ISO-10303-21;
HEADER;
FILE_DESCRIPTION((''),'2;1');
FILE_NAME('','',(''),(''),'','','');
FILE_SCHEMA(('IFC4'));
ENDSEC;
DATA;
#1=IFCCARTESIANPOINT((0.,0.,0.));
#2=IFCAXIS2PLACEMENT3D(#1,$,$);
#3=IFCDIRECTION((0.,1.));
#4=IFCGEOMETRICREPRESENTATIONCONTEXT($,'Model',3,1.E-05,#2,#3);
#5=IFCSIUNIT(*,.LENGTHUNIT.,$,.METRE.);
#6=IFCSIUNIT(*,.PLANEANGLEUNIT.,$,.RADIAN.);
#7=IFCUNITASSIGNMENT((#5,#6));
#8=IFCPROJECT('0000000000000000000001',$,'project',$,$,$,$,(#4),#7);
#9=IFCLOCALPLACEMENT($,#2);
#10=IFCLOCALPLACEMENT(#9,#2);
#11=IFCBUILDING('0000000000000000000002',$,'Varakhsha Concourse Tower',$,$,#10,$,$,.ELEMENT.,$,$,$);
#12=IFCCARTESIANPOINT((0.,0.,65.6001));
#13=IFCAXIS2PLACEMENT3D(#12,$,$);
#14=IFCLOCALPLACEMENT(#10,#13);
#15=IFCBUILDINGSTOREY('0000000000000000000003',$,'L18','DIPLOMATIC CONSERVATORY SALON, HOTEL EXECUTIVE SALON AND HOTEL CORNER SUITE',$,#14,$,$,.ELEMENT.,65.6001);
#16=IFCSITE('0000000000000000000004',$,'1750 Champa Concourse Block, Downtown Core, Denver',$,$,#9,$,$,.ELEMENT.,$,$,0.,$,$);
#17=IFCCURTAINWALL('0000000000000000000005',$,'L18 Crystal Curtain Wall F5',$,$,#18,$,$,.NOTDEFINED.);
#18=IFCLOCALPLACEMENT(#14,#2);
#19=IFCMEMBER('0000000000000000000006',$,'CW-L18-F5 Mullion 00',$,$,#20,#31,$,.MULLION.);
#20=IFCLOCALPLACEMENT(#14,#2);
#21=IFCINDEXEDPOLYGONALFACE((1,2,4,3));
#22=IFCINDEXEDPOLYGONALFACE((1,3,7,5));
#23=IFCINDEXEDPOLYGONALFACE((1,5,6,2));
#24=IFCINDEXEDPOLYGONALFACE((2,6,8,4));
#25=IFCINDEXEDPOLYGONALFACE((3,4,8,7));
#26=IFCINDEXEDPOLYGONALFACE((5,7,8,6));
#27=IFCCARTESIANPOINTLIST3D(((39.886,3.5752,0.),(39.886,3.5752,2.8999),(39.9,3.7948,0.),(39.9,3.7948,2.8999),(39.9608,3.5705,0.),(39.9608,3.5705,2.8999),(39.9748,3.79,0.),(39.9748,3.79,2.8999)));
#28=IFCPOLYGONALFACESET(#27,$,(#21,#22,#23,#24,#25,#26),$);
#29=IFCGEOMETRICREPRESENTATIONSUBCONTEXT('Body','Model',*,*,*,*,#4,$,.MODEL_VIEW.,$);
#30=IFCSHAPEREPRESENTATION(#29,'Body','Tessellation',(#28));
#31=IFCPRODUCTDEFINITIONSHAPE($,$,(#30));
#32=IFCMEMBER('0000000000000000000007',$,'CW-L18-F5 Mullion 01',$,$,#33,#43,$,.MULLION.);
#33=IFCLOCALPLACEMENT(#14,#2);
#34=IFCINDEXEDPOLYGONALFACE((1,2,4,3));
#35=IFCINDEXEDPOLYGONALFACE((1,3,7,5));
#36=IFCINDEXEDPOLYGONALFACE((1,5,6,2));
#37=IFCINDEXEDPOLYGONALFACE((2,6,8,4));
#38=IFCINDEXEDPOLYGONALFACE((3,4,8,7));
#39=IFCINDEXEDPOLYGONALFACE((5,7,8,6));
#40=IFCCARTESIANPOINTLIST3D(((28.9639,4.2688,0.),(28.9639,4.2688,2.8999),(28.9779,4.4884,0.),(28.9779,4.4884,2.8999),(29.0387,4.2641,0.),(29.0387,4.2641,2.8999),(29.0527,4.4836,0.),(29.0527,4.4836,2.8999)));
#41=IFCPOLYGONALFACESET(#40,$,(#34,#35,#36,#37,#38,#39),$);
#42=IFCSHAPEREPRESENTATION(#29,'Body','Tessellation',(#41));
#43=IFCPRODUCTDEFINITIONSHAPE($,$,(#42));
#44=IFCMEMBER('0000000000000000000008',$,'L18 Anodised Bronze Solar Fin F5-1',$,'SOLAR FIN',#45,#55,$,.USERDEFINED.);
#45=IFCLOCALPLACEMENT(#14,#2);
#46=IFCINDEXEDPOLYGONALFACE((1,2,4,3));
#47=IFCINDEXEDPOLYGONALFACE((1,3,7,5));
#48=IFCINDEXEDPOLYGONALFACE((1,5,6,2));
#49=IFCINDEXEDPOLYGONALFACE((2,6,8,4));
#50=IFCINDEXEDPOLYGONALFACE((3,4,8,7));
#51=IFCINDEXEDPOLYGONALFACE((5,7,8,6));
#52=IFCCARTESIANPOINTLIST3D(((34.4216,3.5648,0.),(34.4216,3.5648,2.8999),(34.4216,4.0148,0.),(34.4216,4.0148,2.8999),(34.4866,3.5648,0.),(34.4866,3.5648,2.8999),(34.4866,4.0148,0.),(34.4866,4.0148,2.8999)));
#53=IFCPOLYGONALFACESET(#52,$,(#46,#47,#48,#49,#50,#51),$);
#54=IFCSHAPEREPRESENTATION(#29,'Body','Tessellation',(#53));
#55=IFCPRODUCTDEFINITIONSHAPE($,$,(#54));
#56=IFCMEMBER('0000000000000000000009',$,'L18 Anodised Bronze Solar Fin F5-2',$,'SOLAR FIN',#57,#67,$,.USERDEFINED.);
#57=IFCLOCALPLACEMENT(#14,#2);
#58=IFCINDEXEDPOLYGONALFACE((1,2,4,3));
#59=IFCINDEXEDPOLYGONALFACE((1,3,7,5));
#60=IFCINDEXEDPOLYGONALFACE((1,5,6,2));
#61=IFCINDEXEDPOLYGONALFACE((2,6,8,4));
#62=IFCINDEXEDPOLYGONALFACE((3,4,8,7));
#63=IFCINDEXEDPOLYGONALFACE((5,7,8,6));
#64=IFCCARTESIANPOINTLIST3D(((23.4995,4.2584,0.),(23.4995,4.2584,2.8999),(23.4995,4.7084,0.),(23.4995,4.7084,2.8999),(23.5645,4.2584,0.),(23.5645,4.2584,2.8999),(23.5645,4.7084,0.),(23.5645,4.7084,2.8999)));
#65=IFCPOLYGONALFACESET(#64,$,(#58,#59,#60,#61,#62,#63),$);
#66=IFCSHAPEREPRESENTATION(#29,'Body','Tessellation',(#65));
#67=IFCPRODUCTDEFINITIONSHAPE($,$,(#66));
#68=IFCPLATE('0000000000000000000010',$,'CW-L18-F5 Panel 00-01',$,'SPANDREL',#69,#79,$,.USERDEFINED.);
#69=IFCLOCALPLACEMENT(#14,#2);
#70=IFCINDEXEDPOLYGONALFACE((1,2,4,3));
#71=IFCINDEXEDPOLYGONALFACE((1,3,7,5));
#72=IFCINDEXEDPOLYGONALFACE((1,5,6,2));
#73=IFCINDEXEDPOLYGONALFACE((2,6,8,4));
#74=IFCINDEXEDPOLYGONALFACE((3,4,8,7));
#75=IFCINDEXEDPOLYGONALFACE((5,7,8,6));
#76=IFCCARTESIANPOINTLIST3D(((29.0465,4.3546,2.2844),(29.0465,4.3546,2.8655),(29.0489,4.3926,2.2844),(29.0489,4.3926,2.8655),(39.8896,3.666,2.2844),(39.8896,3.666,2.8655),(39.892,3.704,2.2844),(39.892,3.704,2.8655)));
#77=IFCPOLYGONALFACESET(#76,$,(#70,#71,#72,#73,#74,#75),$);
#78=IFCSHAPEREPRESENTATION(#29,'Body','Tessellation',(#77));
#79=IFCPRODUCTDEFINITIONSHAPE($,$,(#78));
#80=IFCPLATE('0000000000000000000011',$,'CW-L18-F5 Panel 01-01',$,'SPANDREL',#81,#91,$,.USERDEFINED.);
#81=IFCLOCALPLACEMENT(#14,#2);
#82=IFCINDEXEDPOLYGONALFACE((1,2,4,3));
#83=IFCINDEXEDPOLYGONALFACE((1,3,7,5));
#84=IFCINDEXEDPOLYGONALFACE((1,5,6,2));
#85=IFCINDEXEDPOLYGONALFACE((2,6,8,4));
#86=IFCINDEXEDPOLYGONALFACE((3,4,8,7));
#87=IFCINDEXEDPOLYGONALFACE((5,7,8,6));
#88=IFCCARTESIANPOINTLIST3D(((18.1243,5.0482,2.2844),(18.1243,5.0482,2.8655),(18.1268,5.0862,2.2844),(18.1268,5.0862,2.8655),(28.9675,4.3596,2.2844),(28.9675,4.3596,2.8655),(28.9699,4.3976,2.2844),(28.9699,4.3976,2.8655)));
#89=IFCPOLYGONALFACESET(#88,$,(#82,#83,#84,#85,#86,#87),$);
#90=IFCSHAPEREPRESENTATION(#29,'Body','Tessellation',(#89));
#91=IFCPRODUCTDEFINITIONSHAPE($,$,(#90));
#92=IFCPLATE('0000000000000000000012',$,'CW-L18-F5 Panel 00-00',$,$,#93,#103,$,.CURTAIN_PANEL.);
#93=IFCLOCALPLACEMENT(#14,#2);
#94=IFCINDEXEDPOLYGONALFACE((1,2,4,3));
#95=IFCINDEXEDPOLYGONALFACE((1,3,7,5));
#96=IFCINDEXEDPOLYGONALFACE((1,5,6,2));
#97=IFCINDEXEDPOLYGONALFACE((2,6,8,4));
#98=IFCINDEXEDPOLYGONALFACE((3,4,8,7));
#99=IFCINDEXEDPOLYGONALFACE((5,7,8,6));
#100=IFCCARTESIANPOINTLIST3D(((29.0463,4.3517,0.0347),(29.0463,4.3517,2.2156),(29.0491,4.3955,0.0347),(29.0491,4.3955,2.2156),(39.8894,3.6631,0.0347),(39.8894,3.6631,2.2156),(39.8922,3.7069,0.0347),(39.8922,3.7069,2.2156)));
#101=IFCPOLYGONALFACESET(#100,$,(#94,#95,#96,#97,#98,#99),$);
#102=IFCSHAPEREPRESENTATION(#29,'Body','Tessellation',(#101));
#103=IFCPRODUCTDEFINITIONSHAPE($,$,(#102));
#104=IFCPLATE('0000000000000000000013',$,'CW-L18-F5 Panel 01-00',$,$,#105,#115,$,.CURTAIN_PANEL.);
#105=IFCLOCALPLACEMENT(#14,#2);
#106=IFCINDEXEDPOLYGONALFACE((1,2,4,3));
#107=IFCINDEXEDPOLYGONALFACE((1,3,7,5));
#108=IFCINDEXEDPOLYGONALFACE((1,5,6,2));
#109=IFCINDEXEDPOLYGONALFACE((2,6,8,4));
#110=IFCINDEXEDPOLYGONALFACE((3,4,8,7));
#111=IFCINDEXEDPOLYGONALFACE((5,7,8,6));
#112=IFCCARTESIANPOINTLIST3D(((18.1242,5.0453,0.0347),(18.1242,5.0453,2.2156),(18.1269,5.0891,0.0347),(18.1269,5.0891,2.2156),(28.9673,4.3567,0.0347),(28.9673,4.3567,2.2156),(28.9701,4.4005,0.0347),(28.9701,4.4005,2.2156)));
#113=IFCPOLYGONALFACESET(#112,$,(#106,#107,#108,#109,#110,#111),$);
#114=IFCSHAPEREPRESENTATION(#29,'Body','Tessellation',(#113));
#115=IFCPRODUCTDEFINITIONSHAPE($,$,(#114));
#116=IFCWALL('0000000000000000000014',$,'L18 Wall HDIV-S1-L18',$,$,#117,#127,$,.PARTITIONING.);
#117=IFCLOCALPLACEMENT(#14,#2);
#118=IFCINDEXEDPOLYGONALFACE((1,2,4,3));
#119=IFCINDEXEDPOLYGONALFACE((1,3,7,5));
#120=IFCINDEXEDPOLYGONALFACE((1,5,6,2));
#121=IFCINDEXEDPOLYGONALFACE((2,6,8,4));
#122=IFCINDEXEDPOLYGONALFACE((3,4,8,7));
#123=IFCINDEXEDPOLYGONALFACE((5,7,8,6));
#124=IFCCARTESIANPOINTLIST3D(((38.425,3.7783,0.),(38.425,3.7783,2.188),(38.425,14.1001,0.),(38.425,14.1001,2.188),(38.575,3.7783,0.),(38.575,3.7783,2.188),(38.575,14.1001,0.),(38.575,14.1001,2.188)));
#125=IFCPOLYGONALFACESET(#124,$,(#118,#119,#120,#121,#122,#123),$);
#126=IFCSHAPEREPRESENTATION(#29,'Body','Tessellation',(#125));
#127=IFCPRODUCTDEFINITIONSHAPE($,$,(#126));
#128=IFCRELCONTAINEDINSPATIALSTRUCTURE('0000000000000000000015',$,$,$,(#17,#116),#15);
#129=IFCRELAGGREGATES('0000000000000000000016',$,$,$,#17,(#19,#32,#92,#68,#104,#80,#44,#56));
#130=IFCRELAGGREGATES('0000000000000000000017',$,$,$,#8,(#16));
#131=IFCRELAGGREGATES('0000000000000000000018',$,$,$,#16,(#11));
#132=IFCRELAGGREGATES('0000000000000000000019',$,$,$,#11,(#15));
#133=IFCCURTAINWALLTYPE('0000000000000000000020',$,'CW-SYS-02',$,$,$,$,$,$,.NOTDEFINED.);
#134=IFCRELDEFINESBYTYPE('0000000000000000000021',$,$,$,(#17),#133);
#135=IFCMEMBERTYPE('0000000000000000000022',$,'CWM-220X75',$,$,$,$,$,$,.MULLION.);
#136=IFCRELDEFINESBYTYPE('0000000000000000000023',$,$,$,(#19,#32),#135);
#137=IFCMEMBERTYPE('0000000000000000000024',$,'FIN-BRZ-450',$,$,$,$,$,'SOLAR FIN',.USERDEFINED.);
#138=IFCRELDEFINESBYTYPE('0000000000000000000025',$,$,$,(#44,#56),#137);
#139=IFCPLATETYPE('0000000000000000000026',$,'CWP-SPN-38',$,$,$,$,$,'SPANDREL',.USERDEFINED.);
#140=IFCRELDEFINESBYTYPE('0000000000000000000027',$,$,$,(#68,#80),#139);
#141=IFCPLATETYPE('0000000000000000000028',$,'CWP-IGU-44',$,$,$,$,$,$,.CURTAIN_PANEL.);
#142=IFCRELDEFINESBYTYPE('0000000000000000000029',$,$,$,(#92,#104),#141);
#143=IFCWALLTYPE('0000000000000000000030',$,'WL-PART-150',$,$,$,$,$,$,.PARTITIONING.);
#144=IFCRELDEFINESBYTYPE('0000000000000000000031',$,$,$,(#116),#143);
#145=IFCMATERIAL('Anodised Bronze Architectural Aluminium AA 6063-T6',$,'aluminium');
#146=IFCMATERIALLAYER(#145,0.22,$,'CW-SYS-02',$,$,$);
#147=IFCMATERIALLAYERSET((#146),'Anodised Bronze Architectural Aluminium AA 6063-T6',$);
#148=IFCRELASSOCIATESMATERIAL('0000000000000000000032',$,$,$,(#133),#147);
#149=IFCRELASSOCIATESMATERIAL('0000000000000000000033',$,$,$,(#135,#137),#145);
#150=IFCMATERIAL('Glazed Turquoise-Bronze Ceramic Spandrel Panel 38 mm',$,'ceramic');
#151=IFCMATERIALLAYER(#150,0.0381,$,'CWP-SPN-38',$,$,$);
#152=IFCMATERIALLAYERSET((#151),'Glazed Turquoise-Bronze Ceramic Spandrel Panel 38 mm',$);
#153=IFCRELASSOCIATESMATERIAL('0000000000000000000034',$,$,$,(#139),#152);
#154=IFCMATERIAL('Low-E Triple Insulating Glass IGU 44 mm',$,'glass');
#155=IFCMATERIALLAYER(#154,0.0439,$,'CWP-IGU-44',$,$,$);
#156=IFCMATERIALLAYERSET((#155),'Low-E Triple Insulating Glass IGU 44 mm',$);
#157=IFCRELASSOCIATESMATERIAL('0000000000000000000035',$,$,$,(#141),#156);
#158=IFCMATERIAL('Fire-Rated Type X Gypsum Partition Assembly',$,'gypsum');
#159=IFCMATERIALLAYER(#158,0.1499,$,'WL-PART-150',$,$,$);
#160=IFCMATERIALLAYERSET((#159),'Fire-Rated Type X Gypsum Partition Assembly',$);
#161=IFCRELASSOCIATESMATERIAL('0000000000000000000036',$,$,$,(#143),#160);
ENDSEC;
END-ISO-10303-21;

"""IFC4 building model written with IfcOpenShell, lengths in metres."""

from ifc_helpers import new_model, si_unit, direction, frame, frame_2d, origin, origin_2d, place, context, subcontext, project, spatial, rectangle, extrude, source, transform, mapped, material, layer, layer_set, material_profile, profile_set, type_object, type_shapes, element, aggregate, save


model = new_model("IFC4")

# Units and contexts
model_context = context("Model", 3, precision=1e-05, world=origin(), true_north=direction((0.0, 1.0)))
body_context = subcontext(model_context, "Body", "Model", "MODEL_VIEW")
ifc_project = project(units=[si_unit("LENGTHUNIT", "METRE"), si_unit("PLANEANGLEUNIT", "RADIAN")], contexts=[model_context])

# Site, building, storey
site_placement = place(None, origin())
site = spatial("IfcSite", under=ifc_project, at=site_placement, Name="1750 Champa Concourse Block, Downtown Core, Denver", CompositionType="ELEMENT", RefElevation=0.0)
building_placement = place(site_placement, origin())
building = spatial("IfcBuilding", under=site, at=building_placement, Name="Varakhsha Concourse Tower", CompositionType="ELEMENT")
storey_placement = place(building_placement, frame((0.0, 0.0, 65.6001)))
storey = spatial("IfcBuildingStorey", under=building, at=storey_placement, Name="L18", Description="DIPLOMATIC CONSERVATORY SALON, HOTEL EXECUTIVE SALON AND HOTEL CORNER SUITE", CompositionType="ELEMENT", Elevation=65.6001)

# Curtain wall, members, plates
ifc_material_1 = material(Name="Anodised Bronze Architectural Aluminium AA 6063-T6", Category="aluminium")
ifc_layer_1 = layer(ifc_material_1, 0.22, Name="CW-SYS-02")
ifc_layer_set_1 = layer_set([ifc_layer_1], Name="Anodised Bronze Architectural Aluminium AA 6063-T6")
curtain_wall_type = type_object("IfcCurtainWallType", Name="CW-SYS-02", PredefinedType="NOTDEFINED", material=ifc_layer_set_1)
curtain_wall_placement = place(storey_placement, origin())
curtain_wall = element("IfcCurtainWall", 1, at=curtain_wall_placement, inside=storey, type_object=curtain_wall_type, Name="L18 Crystal Curtain Wall F5", PredefinedType="NOTDEFINED")
ifc_material_profile_1 = material_profile(ifc_material_1, rectangle(XDim=0.075, YDim=0.22, at=origin_2d()), Name="CWM-220X75")
ifc_profile_set_1 = profile_set([ifc_material_profile_1], Name="Anodised Bronze Architectural Aluminium AA 6063-T6")
member_type_1 = type_object("IfcMemberType", Name="CWM-220X75", PredefinedType="MULLION", material=ifc_profile_set_1)
shared_shape_1 = source(origin(), body_context, "Body", "SweptSolid", [
    extrude(rectangle(XDim=0.075, YDim=0.22, at=origin_2d()), origin(), (0.0, 0.0, 1.0), 2.8999),
])
type_shapes(member_type_1, [shared_shape_1])
member_1_placement = place(storey_placement, frame((39.9304, 3.6826, 0.0), z_axis=(0.0, 0.0, 1.0), x_axis=(-0.99799, 0.063378, 0.0)))
member_1 = element("IfcMember", 2, at=member_1_placement, type_object=member_type_1, Name="CW-L18-F5 Mullion 00", PredefinedType="MULLION", context=body_context, shape_type="MappedRepresentation", body=[
    mapped(shared_shape_1, transform((0.0, 0.0, 0.0), scale=1.0)),
])
member_2_placement = place(storey_placement, frame((29.0083, 4.3762, 0.0), z_axis=(0.0, 0.0, 1.0), x_axis=(-0.99799, 0.063378, 0.0)))
member_2 = element("IfcMember", 3, at=member_2_placement, type_object=member_type_1, Name="CW-L18-F5 Mullion 01", PredefinedType="MULLION", context=body_context, shape_type="MappedRepresentation", body=[
    mapped(shared_shape_1, transform((0.0, 0.0, 0.0), scale=1.0)),
])
ifc_material_profile_2 = material_profile(ifc_material_1, rectangle(XDim=0.0649, YDim=0.45, at=origin_2d()), Name="FIN-BRZ-450")
ifc_profile_set_2 = profile_set([ifc_material_profile_2], Name="Anodised Bronze Architectural Aluminium AA 6063-T6")
member_type_2 = type_object("IfcMemberType", Name="FIN-BRZ-450", ElementType="SOLAR FIN", PredefinedType="USERDEFINED", material=ifc_profile_set_2)
shared_shape_2 = source(origin(), body_context, "Body", "SweptSolid", [
    extrude(rectangle(XDim=0.0649, YDim=0.45, at=origin_2d()), origin(), (0.0, 0.0, 1.0), 2.8999),
])
type_shapes(member_type_2, [shared_shape_2])
member_3_placement = place(storey_placement, frame((34.4541, 3.7898, 0.0), z_axis=(0.0, 0.0, 1.0), x_axis=(1.0, 0.0, 0.0)))
member_3 = element("IfcMember", 4, at=member_3_placement, type_object=member_type_2, Name="L18 Anodised Bronze Solar Fin F5-1", ObjectType="SOLAR FIN", PredefinedType="USERDEFINED", context=body_context, shape_type="MappedRepresentation", body=[
    mapped(shared_shape_2, transform((0.0, 0.0, 0.0), scale=1.0)),
])
member_4_placement = place(storey_placement, frame((23.532, 4.4834, 0.0), z_axis=(0.0, 0.0, 1.0), x_axis=(1.0, 0.0, 0.0)))
member_4 = element("IfcMember", 5, at=member_4_placement, type_object=member_type_2, Name="L18 Anodised Bronze Solar Fin F5-2", ObjectType="SOLAR FIN", PredefinedType="USERDEFINED", context=body_context, shape_type="MappedRepresentation", body=[
    mapped(shared_shape_2, transform((0.0, 0.0, 0.0), scale=1.0)),
])
ifc_material_2 = material(Name="Glazed Turquoise-Bronze Ceramic Spandrel Panel 38 mm", Category="ceramic")
ifc_layer_2 = layer(ifc_material_2, 0.0381, Name="CWP-SPN-38")
ifc_layer_set_2 = layer_set([ifc_layer_2], Name="Glazed Turquoise-Bronze Ceramic Spandrel Panel 38 mm")
plate_type_1 = type_object("IfcPlateType", Name="CWP-SPN-38", ElementType="SPANDREL", PredefinedType="USERDEFINED", material=ifc_layer_set_2)
shared_shape_3 = source(origin(), body_context, "Body", "SweptSolid", [
    extrude(rectangle(XDim=10.865, YDim=0.0381, at=origin_2d()), origin(), (0.0, 0.0, 1.0), 0.5811),
])
type_shapes(plate_type_1, [shared_shape_3])
plate_1_placement = place(storey_placement, frame((34.4692, 4.0293, 2.2844), z_axis=(0.0, 0.0, 1.0), x_axis=(-0.99799, 0.063378, 0.0)))
plate_1 = element("IfcPlate", 6, at=plate_1_placement, type_object=plate_type_1, Name="CW-L18-F5 Panel 00-01", ObjectType="SPANDREL", PredefinedType="USERDEFINED", context=body_context, shape_type="MappedRepresentation", body=[
    mapped(shared_shape_3, transform((0.0, 0.0, 0.0), scale=1.0)),
])
plate_2_placement = place(storey_placement, frame((23.5471, 4.7229, 2.2844), z_axis=(0.0, 0.0, 1.0), x_axis=(-0.99799, 0.063378, 0.0)))
plate_2 = element("IfcPlate", 7, at=plate_2_placement, type_object=plate_type_1, Name="CW-L18-F5 Panel 01-01", ObjectType="SPANDREL", PredefinedType="USERDEFINED", context=body_context, shape_type="MappedRepresentation", body=[
    mapped(shared_shape_3, transform((0.0, 0.0, 0.0), scale=1.0)),
])
ifc_material_3 = material(Name="Low-E Triple Insulating Glass IGU 44 mm", Category="glass")
ifc_layer_3 = layer(ifc_material_3, 0.0439, Name="CWP-IGU-44")
ifc_layer_set_3 = layer_set([ifc_layer_3], Name="Low-E Triple Insulating Glass IGU 44 mm")
plate_type_2 = type_object("IfcPlateType", Name="CWP-IGU-44", PredefinedType="CURTAIN_PANEL", material=ifc_layer_set_3)
shared_shape_4 = source(origin(), body_context, "Body", "SweptSolid", [
    extrude(rectangle(XDim=10.865, YDim=0.0439, at=origin_2d()), origin(), (0.0, 0.0, 1.0), 2.1809),
])
type_shapes(plate_type_2, [shared_shape_4])
plate_3_placement = place(storey_placement, frame((34.4692, 4.0293, 0.0347), z_axis=(0.0, 0.0, 1.0), x_axis=(-0.99799, 0.063378, 0.0)))
plate_3 = element("IfcPlate", 8, at=plate_3_placement, type_object=plate_type_2, Name="CW-L18-F5 Panel 00-00", PredefinedType="CURTAIN_PANEL", context=body_context, shape_type="MappedRepresentation", body=[
    mapped(shared_shape_4, transform((0.0, 0.0, 0.0), scale=1.0)),
])
plate_4_placement = place(storey_placement, frame((23.5471, 4.7229, 0.0347), z_axis=(0.0, 0.0, 1.0), x_axis=(-0.99799, 0.063378, 0.0)))
plate_4 = element("IfcPlate", 9, at=plate_4_placement, type_object=plate_type_2, Name="CW-L18-F5 Panel 01-00", PredefinedType="CURTAIN_PANEL", context=body_context, shape_type="MappedRepresentation", body=[
    mapped(shared_shape_4, transform((0.0, 0.0, 0.0), scale=1.0)),
])
aggregate(curtain_wall, [member_1, member_2, plate_3, plate_1, plate_4, plate_2, member_3, member_4])

# Wall
ifc_material_4 = material(Name="Fire-Rated Type X Gypsum Partition Assembly", Category="gypsum")
ifc_layer_4 = layer(ifc_material_4, 0.1499, Name="WL-PART-150")
ifc_layer_set_4 = layer_set([ifc_layer_4], Name="Fire-Rated Type X Gypsum Partition Assembly")
wall_type = type_object("IfcWallType", Name="WL-PART-150", PredefinedType="PARTITIONING", material=ifc_layer_set_4)
wall_placement = place(storey_placement, frame((38.5, 3.7783, 0.0), z_axis=(0.0, 0.0, 1.0), x_axis=(0.0, 1.0, 0.0)))
element("IfcWall", 10, at=wall_placement, inside=storey, type_object=wall_type, Name="L18 Wall HDIV-S1-L18", PredefinedType="PARTITIONING", context=body_context, shape_type="SweptSolid", body=[
    extrude(rectangle(XDim=10.3218, YDim=0.1499, at=frame_2d((5.1609, 0.0))), origin(), (0.0, 0.0, 1.0), 2.188),
])

save(model, "model.ifc")
